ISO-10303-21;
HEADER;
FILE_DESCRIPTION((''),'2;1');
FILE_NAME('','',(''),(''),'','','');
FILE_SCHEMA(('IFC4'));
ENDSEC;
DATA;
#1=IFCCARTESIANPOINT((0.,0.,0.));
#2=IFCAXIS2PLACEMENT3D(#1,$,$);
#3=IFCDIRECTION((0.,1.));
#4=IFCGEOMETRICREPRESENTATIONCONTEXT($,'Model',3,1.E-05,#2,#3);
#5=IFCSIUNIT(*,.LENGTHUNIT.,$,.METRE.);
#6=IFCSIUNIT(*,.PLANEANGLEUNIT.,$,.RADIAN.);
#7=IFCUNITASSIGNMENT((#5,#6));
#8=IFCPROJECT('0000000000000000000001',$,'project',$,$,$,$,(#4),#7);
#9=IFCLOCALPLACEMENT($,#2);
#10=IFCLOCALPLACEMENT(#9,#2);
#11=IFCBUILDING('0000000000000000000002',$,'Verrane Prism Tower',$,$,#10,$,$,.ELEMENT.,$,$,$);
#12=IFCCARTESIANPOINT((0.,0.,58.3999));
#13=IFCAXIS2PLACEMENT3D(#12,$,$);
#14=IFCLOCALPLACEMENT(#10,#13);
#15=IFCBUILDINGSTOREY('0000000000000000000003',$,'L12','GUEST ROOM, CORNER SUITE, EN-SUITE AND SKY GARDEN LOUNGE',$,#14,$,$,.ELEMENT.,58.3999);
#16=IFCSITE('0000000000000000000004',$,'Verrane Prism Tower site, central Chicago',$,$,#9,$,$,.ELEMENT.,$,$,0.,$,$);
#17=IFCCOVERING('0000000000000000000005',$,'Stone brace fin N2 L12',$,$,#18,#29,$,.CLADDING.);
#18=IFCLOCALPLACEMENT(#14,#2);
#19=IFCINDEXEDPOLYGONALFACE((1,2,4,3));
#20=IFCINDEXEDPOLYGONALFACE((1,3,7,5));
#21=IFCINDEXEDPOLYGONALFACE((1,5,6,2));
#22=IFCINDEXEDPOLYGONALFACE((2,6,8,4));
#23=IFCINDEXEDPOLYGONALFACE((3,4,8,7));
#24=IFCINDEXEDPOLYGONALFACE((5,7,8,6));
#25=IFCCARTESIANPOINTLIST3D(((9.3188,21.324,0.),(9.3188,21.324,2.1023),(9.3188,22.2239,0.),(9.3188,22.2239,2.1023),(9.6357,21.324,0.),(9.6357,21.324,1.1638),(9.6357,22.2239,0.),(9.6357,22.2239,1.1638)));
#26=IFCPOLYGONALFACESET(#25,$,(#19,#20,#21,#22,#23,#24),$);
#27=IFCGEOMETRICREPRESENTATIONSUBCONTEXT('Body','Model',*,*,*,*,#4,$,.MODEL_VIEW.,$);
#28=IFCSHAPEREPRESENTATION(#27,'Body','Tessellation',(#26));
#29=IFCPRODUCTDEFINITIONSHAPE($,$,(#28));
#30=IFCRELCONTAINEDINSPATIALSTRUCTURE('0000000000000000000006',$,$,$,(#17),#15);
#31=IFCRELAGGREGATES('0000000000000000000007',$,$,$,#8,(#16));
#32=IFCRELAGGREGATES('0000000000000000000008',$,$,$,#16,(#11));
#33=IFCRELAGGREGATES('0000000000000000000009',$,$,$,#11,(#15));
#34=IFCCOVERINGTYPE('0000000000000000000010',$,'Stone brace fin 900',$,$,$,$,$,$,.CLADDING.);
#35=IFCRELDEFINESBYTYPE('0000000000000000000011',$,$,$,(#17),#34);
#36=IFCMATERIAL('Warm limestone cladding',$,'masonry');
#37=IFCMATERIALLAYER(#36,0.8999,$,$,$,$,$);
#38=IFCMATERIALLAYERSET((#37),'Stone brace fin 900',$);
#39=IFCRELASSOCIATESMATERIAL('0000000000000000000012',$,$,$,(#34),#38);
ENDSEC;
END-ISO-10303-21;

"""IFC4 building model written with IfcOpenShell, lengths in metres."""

from ifc_helpers import new_model, si_unit, direction, frame, origin, place, context, subcontext, project, spatial, polyline, outline, extrude, material, layer, layer_set, type_object, element, save


model = new_model("IFC4")

# Units and contexts
model_context = context("Model", 3, precision=1e-05, world=origin(), true_north=direction((0.0, 1.0)))
body_context = subcontext(model_context, "Body", "Model", "MODEL_VIEW")
ifc_project = project(units=[si_unit("LENGTHUNIT", "METRE"), si_unit("PLANEANGLEUNIT", "RADIAN")], contexts=[model_context])

# Site, building, storey
site_placement = place(None, origin())
site = spatial("IfcSite", under=ifc_project, at=site_placement, Name="Verrane Prism Tower site, central Chicago", CompositionType="ELEMENT", RefElevation=0.0)
building_placement = place(site_placement, origin())
building = spatial("IfcBuilding", under=site, at=building_placement, Name="Verrane Prism Tower", CompositionType="ELEMENT")
storey_placement = place(building_placement, frame((0.0, 0.0, 58.3999)))
storey = spatial("IfcBuildingStorey", under=building, at=storey_placement, Name="L12", Description="GUEST ROOM, CORNER SUITE, EN-SUITE AND SKY GARDEN LOUNGE", CompositionType="ELEMENT", Elevation=58.3999)

# Covering
ifc_material_1 = material(Name="Warm limestone cladding", Category="masonry")
ifc_layer_1 = layer(ifc_material_1, 0.8999)
ifc_layer_set_1 = layer_set([ifc_layer_1], Name="Stone brace fin 900")
covering_type = type_object("IfcCoveringType", Name="Stone brace fin 900", PredefinedType="CLADDING", material=ifc_layer_set_1)
covering_placement = place(storey_placement, frame((9.6357, 21.7739, 0.0), z_axis=(0.0, 0.0, 1.0), x_axis=(-1.0, 0.0, 0.0)))
element("IfcCovering", 1, at=covering_placement, inside=storey, type_object=covering_type, Name="Stone brace fin N2 L12", PredefinedType="CLADDING", context=body_context, shape_type="SweptSolid", body=[
    extrude(outline(polyline([(0.0, 0.0), (0.3169, 0.0), (0.3169, 2.1023), (0.0, 1.1638), (0.0, 0.0)])), frame((0.0, 0.45, 0.0), z_axis=(0.0, -1.0, 0.0), x_axis=(1.0, 0.0, 0.0)), (0.0, 0.0, 1.0), 0.8999),
])

save(model, "model.ifc")
